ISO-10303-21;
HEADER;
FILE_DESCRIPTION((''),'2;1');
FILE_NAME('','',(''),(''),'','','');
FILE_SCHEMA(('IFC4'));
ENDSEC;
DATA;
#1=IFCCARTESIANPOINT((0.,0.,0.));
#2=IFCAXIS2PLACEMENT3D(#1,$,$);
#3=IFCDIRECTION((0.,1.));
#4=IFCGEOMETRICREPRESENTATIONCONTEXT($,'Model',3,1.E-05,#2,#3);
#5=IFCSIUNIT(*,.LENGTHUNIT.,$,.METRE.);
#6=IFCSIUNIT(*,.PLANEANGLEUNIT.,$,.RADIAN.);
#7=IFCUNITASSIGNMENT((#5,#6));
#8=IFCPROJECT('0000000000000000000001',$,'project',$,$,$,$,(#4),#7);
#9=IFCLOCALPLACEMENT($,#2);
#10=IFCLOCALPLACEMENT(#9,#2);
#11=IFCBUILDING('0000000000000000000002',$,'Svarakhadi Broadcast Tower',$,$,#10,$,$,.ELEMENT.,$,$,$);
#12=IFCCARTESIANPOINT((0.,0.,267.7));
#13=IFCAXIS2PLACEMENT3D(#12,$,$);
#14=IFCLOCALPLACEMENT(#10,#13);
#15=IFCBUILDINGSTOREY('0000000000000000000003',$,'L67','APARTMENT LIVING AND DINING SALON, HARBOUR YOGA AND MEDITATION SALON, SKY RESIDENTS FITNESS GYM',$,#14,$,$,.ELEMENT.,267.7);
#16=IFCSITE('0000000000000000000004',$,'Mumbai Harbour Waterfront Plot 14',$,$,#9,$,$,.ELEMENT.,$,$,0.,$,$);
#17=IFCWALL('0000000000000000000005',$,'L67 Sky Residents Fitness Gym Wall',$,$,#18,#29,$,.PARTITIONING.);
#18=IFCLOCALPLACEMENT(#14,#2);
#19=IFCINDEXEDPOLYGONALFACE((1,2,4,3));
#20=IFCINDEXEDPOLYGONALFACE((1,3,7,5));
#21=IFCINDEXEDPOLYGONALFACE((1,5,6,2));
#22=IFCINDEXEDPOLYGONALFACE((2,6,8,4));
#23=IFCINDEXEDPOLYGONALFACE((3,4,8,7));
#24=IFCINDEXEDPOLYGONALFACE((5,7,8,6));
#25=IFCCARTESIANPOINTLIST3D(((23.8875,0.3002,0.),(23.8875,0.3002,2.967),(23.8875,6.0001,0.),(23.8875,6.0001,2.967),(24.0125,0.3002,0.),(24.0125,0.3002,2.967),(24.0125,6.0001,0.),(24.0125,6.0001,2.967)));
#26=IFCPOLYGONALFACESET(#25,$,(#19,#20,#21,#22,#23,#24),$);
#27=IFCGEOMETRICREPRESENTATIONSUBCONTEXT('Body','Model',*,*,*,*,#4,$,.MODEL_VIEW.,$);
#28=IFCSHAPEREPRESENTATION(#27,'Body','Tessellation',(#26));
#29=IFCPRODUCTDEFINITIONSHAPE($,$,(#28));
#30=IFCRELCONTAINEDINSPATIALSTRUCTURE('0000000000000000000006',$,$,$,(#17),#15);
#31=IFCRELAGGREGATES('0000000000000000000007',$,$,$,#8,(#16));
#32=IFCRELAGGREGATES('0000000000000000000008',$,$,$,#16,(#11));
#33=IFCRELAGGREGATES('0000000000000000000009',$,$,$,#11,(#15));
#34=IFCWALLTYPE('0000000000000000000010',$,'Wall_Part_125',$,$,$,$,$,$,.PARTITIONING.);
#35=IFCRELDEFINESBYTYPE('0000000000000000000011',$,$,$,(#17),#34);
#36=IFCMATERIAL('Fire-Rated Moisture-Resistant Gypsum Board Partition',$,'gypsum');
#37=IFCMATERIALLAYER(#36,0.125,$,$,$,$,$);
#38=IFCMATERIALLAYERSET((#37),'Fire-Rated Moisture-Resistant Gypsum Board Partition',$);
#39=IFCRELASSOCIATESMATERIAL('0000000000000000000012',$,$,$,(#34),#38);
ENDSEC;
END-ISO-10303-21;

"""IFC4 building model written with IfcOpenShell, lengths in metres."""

from ifc_helpers import new_model, si_unit, direction, frame, frame_2d, origin, place, context, subcontext, project, spatial, rectangle, extrude, material, layer, layer_set, type_object, element, save


model = new_model("IFC4")

# Units and contexts
model_context = context("Model", 3, precision=1e-05, world=origin(), true_north=direction((0.0, 1.0)))
body_context = subcontext(model_context, "Body", "Model", "MODEL_VIEW")
ifc_project = project(units=[si_unit("LENGTHUNIT", "METRE"), si_unit("PLANEANGLEUNIT", "RADIAN")], contexts=[model_context])

# Site, building, storey
site_placement = place(None, origin())
site = spatial("IfcSite", under=ifc_project, at=site_placement, Name="Mumbai Harbour Waterfront Plot 14", CompositionType="ELEMENT", RefElevation=0.0)
building_placement = place(site_placement, origin())
building = spatial("IfcBuilding", under=site, at=building_placement, Name="Svarakhadi Broadcast Tower", CompositionType="ELEMENT")
storey_placement = place(building_placement, frame((0.0, 0.0, 267.7)))
storey = spatial("IfcBuildingStorey", under=building, at=storey_placement, Name="L67", Description="APARTMENT LIVING AND DINING SALON, HARBOUR YOGA AND MEDITATION SALON, SKY RESIDENTS FITNESS GYM", CompositionType="ELEMENT", Elevation=267.7)

# Wall
ifc_material_1 = material(Name="Fire-Rated Moisture-Resistant Gypsum Board Partition", Category="gypsum")
ifc_layer_1 = layer(ifc_material_1, 0.125)
ifc_layer_set_1 = layer_set([ifc_layer_1], Name="Fire-Rated Moisture-Resistant Gypsum Board Partition")
wall_type_1 = type_object("IfcWallType", Name="Wall_Part_125", PredefinedType="PARTITIONING", material=ifc_layer_set_1)
wall_1_placement = place(storey_placement, frame((23.95, 0.3, 0.0), z_axis=(0.0, 0.0, 1.0), x_axis=(0.0, 1.0, 0.0)))
element("IfcWall", 1, at=wall_1_placement, inside=storey, type_object=wall_type_1, Name="L67 Sky Residents Fitness Gym Wall", PredefinedType="PARTITIONING", context=body_context, shape_type="SweptSolid", body=[
    extrude(rectangle(XDim=5.7, YDim=0.125, at=frame_2d((2.8501, 0.0))), origin(), (0.0, 0.0, 1.0), 2.967),
])

save(model, "model.ifc")
